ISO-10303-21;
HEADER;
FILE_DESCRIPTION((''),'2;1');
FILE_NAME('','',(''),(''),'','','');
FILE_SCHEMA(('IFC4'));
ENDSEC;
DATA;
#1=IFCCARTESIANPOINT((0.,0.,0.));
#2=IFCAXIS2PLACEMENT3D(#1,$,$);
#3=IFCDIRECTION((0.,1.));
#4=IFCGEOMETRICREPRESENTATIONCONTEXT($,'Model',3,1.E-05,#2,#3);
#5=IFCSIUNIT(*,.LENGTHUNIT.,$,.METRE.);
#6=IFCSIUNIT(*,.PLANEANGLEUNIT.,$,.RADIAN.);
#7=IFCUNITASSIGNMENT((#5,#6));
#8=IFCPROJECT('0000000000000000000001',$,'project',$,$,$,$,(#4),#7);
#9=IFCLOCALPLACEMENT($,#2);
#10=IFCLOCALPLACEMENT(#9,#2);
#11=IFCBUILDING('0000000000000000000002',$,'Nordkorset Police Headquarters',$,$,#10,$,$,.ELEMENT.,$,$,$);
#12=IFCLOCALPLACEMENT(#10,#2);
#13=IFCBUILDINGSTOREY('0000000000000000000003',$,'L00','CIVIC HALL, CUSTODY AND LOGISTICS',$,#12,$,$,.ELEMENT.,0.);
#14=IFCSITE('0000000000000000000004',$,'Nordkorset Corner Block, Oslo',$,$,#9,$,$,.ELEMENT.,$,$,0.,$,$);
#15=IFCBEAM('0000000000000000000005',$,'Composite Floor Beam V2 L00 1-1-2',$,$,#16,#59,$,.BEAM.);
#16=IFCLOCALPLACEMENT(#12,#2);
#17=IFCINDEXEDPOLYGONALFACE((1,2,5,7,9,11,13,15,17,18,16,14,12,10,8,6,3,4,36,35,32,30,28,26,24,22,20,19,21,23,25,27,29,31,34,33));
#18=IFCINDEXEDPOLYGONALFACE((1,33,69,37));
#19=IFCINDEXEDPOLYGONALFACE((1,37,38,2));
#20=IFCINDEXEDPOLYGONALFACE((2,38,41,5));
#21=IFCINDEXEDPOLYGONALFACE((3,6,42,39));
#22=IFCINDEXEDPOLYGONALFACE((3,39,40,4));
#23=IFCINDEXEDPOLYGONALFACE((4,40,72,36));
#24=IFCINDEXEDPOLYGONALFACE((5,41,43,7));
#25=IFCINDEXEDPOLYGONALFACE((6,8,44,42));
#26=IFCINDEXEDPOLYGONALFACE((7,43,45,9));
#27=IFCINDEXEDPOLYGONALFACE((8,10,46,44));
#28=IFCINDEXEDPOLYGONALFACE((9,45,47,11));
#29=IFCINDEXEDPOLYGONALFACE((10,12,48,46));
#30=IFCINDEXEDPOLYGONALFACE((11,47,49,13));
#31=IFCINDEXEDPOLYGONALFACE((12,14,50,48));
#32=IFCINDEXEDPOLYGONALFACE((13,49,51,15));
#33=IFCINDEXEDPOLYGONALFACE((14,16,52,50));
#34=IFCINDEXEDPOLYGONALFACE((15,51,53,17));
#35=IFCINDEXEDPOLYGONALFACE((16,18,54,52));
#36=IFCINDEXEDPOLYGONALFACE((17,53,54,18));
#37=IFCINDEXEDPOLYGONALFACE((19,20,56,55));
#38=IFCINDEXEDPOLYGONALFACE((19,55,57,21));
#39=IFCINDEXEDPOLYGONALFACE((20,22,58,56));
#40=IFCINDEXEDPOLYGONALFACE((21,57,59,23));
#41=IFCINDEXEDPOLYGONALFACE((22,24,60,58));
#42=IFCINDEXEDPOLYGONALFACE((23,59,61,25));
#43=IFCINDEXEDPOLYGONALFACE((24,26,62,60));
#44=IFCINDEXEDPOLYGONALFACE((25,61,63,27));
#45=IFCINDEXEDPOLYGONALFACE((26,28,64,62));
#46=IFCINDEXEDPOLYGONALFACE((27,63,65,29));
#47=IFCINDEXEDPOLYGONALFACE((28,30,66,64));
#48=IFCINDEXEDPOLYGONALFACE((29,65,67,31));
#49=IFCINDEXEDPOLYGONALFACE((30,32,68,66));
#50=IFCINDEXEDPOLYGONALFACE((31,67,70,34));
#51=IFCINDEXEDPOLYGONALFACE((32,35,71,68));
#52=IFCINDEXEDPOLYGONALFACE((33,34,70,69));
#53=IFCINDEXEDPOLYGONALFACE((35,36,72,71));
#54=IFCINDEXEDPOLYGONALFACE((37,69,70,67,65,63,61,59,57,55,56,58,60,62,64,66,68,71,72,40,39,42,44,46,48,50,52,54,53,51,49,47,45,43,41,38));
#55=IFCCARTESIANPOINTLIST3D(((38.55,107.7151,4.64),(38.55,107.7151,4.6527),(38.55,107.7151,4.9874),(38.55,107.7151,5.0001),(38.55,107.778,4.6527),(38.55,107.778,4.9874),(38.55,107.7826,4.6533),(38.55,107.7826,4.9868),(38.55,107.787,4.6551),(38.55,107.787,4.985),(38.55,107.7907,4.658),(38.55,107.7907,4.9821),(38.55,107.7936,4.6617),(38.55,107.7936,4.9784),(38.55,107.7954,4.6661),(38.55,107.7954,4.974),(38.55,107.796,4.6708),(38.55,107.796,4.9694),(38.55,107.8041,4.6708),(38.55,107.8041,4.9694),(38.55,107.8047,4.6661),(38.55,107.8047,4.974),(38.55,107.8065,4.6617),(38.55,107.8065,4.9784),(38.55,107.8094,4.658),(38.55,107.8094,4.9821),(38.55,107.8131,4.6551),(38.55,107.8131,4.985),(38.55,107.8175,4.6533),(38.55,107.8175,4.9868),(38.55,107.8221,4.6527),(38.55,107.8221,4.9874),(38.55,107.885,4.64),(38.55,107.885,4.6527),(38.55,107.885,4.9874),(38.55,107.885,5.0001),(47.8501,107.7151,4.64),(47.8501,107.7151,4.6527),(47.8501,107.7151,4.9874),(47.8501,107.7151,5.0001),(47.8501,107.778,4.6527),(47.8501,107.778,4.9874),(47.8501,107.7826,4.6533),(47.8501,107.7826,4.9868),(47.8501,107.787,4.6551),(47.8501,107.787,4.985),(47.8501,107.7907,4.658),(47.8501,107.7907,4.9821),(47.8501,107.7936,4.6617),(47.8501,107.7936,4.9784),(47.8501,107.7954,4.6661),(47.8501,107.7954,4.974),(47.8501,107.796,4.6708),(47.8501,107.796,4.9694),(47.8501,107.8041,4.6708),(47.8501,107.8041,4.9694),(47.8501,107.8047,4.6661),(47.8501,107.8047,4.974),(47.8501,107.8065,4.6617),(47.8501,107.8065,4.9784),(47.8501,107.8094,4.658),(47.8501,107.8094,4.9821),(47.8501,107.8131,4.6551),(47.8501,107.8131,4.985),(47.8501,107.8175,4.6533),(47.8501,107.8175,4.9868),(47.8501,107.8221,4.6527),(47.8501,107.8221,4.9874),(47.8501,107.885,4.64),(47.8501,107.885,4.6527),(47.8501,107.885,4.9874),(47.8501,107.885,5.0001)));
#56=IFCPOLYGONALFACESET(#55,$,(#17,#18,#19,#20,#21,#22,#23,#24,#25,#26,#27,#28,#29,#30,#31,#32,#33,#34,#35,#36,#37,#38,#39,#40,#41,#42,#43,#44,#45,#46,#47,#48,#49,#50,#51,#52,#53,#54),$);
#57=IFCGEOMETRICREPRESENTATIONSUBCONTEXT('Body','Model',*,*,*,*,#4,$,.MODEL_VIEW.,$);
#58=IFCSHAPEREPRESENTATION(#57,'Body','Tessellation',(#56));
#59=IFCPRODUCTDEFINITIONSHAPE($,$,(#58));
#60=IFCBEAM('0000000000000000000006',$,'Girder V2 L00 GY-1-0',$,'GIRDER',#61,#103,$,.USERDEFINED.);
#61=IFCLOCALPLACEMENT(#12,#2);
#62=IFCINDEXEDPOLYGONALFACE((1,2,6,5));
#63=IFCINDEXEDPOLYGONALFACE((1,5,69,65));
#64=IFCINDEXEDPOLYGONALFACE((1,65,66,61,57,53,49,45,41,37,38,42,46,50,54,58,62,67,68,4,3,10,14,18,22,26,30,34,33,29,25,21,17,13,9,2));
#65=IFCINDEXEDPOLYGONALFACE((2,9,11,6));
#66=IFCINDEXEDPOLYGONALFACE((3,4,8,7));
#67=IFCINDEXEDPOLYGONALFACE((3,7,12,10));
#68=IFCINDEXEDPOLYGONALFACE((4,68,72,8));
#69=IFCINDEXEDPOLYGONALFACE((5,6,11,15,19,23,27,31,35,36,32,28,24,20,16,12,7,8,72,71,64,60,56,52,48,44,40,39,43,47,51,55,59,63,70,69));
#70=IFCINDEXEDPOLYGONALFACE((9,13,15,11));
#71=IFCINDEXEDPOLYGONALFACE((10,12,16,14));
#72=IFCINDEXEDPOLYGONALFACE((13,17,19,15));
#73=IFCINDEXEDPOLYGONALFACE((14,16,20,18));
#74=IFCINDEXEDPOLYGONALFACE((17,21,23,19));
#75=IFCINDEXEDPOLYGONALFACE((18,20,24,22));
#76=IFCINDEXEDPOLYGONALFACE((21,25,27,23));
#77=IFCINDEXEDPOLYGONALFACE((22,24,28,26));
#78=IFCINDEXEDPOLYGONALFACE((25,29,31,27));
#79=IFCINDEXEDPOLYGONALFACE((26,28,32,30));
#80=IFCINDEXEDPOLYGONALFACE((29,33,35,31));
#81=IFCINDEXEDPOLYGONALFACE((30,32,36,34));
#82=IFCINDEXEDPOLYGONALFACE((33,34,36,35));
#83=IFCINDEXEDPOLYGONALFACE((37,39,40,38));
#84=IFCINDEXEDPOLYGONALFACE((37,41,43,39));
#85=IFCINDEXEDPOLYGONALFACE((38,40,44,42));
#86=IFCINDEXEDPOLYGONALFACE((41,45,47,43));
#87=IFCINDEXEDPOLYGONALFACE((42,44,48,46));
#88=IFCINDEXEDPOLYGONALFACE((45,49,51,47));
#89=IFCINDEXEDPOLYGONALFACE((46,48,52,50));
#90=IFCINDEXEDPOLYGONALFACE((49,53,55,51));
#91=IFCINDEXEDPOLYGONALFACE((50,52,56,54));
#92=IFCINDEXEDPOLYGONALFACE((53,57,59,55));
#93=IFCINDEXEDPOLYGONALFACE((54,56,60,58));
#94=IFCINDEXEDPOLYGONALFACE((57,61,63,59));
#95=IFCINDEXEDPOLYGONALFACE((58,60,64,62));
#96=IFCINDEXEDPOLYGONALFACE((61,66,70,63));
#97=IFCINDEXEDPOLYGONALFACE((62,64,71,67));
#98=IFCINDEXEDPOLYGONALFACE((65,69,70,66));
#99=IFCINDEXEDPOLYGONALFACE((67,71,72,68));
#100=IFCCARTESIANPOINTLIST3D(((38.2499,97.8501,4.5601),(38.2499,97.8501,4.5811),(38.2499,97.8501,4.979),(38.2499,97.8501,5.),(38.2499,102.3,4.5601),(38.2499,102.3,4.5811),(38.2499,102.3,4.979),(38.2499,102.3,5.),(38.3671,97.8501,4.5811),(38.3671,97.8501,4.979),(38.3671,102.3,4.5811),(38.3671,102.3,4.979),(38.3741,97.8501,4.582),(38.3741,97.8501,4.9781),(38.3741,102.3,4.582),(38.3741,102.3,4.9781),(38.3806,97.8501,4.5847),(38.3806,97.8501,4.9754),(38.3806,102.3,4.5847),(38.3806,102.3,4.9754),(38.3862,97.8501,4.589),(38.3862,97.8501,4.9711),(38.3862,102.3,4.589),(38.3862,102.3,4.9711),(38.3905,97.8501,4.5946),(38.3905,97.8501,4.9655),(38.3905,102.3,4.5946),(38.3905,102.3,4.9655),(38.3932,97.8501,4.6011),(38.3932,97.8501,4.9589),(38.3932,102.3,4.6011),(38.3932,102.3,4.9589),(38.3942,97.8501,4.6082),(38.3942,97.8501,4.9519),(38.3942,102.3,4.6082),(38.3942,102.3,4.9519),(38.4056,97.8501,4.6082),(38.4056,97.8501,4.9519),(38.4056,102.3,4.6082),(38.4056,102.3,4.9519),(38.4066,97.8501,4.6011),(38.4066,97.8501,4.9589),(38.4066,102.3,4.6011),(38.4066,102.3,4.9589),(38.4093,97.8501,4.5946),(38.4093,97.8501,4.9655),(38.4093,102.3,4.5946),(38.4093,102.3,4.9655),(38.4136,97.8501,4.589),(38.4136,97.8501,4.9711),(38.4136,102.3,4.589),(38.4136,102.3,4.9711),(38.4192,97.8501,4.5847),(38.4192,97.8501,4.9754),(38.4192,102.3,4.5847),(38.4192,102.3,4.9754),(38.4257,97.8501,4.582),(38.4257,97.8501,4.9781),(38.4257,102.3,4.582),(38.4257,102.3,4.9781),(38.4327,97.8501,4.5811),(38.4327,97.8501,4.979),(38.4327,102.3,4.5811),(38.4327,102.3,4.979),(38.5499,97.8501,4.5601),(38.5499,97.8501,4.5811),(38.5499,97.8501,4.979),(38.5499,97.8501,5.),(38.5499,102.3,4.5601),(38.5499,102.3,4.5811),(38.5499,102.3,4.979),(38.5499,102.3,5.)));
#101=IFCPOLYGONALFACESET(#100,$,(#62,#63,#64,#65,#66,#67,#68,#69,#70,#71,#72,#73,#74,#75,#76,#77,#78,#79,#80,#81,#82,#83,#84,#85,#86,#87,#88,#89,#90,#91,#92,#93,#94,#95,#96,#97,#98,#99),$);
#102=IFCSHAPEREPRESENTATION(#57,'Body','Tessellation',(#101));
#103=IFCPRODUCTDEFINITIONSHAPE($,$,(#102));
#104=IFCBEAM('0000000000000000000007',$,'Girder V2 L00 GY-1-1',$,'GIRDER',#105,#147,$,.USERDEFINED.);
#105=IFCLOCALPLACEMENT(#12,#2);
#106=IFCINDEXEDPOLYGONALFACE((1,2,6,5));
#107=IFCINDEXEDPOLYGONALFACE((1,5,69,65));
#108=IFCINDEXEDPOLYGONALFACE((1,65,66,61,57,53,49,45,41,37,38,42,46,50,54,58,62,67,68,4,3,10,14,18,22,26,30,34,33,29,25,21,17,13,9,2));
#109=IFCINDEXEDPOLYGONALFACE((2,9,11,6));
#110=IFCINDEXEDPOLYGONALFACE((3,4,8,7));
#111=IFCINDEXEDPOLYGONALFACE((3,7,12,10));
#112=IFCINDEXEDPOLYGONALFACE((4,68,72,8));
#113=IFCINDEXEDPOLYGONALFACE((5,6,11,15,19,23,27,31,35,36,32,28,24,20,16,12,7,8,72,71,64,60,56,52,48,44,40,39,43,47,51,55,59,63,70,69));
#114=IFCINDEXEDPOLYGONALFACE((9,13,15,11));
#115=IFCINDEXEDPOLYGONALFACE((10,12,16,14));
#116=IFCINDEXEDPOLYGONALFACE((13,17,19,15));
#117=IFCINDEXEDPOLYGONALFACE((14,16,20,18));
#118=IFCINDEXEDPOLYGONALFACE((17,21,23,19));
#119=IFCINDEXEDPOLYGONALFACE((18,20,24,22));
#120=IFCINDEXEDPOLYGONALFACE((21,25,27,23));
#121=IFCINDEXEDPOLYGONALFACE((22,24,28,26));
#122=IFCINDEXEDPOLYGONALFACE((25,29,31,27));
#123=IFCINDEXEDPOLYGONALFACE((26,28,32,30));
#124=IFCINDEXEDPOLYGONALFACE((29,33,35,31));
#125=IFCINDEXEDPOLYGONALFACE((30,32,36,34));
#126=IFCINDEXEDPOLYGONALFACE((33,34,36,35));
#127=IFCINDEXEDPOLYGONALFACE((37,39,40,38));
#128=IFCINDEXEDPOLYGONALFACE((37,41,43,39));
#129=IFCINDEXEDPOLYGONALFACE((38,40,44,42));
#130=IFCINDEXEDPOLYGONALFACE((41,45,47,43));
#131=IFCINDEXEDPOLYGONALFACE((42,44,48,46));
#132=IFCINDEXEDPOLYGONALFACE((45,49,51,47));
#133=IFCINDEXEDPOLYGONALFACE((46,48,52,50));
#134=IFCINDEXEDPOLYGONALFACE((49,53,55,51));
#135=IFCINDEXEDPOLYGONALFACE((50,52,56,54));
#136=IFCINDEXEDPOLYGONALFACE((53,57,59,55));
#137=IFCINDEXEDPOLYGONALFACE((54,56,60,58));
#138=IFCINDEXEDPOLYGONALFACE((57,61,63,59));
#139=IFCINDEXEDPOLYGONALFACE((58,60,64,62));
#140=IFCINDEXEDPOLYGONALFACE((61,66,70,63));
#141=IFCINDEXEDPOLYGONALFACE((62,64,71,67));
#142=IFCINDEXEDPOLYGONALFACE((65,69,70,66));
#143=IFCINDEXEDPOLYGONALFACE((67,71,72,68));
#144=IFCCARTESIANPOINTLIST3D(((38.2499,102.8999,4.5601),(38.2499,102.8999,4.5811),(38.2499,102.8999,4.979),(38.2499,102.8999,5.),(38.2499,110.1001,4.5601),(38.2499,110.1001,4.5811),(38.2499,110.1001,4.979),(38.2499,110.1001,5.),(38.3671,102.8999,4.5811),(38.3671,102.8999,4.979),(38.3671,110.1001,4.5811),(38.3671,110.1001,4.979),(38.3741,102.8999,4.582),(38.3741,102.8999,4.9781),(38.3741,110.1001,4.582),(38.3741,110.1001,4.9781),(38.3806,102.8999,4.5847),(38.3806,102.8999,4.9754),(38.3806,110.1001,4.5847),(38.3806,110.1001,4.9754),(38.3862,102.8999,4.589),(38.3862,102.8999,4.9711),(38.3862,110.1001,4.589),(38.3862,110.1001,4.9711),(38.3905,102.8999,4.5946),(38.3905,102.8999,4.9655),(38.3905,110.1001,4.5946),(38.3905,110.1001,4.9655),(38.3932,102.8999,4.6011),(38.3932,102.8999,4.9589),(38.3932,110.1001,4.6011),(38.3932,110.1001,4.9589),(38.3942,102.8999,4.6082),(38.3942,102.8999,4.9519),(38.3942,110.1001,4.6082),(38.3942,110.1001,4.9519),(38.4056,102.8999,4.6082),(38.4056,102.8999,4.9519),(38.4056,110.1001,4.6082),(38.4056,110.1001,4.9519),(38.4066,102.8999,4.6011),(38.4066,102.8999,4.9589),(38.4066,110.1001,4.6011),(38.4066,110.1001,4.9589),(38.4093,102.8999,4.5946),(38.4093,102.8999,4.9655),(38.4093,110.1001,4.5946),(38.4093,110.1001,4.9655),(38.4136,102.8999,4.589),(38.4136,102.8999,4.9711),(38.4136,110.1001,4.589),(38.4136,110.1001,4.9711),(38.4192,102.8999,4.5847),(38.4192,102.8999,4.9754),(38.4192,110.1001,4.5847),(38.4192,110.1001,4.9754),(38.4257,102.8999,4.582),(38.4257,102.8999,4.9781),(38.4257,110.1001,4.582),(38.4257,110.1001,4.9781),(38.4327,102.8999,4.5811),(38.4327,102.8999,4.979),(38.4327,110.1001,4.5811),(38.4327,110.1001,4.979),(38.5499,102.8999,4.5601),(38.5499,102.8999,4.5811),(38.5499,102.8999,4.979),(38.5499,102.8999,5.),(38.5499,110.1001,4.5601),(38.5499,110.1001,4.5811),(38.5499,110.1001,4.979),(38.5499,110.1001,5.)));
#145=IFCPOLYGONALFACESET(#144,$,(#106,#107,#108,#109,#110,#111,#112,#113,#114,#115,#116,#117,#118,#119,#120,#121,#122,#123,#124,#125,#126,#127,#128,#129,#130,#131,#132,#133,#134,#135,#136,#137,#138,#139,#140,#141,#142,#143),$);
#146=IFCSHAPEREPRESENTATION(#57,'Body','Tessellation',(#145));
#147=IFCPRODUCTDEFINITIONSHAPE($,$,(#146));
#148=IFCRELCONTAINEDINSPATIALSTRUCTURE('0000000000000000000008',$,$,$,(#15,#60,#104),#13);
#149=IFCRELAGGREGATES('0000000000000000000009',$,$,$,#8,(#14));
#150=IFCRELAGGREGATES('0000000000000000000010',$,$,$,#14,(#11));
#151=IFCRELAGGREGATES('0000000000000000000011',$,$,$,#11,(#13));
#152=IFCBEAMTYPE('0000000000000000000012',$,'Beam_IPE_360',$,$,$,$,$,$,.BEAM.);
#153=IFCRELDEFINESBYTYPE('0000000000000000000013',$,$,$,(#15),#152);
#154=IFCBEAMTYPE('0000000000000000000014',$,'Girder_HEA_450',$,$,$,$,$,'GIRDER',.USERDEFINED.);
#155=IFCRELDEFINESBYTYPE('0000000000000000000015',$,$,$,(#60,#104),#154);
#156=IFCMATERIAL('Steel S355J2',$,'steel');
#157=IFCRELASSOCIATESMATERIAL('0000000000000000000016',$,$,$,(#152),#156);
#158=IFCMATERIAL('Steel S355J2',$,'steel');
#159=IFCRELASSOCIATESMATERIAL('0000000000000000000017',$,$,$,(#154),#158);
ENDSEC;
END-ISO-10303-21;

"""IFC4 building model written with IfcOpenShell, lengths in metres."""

from ifc_helpers import new_model, si_unit, direction, frame, origin, origin_2d, place, context, subcontext, project, spatial, i_section, extrude, material, material_profile, profile_set, type_object, element, save


model = new_model("IFC4")

# Units and contexts
model_context = context("Model", 3, precision=1e-05, world=origin(), true_north=direction((0.0, 1.0)))
body_context = subcontext(model_context, "Body", "Model", "MODEL_VIEW")
ifc_project = project(units=[si_unit("LENGTHUNIT", "METRE"), si_unit("PLANEANGLEUNIT", "RADIAN")], contexts=[model_context])

# Site, building, storey
site_placement = place(None, origin())
site = spatial("IfcSite", under=ifc_project, at=site_placement, Name="Nordkorset Corner Block, Oslo", CompositionType="ELEMENT", RefElevation=0.0)
building_placement = place(site_placement, origin())
building = spatial("IfcBuilding", under=site, at=building_placement, Name="Nordkorset Police Headquarters", CompositionType="ELEMENT")
storey_placement = place(building_placement, origin())
storey = spatial("IfcBuildingStorey", under=building, at=storey_placement, Name="L00", Description="CIVIC HALL, CUSTODY AND LOGISTICS", CompositionType="ELEMENT", Elevation=0.0)

# Beams
ifc_material_1 = material(Name="Steel S355J2", Category="steel")
ifc_material_profile_1 = material_profile(ifc_material_1, i_section(OverallWidth=0.1699, OverallDepth=0.3601, WebThickness=0.0081, FlangeThickness=0.0127, FilletRadius=0.0181, at=origin_2d()), Name="IPE 360")
ifc_profile_set_1 = profile_set([ifc_material_profile_1], Name="Steel S355J2")
beam_type_1 = type_object("IfcBeamType", Name="Beam_IPE_360", PredefinedType="BEAM", material=ifc_profile_set_1)
for number, where, z_axis, x_axis, name in (
    (1, (38.55, 107.8, 4.8201), (1.0, 0.0, 0.0), (0.0, 1.0, 0.0), "Composite Floor Beam V2 L00 1-1-2"),
):
    element("IfcBeam", number, at=place(storey_placement, frame(where, z_axis=z_axis, x_axis=x_axis)), inside=storey, type_object=beam_type_1, Name=name, PredefinedType="BEAM", context=body_context, shape_type="SweptSolid", body=[
        extrude(i_section(OverallWidth=0.1699, OverallDepth=0.3601, WebThickness=0.0081, FlangeThickness=0.0127, FilletRadius=0.0181, at=origin_2d()), origin(), (0.0, 0.0, 1.0), 9.3),
    ])
ifc_material_2 = material(Name="Steel S355J2", Category="steel")
ifc_material_profile_2 = material_profile(ifc_material_2, i_section(OverallWidth=0.3, OverallDepth=0.4399, WebThickness=0.0115, FlangeThickness=0.021, FilletRadius=0.0271, at=origin_2d()), Name="HEA 450")
ifc_profile_set_2 = profile_set([ifc_material_profile_2], Name="Steel S355J2")
beam_type_2 = type_object("IfcBeamType", Name="Girder_HEA_450", ElementType="GIRDER", PredefinedType="USERDEFINED", material=ifc_profile_set_2)
beam_1_placement = place(storey_placement, frame((38.3999, 97.8501, 4.78), z_axis=(0.0, 1.0, 0.0), x_axis=(-1.0, 0.0, 0.0)))
element("IfcBeam", 2, at=beam_1_placement, inside=storey, type_object=beam_type_2, Name="Girder V2 L00 GY-1-0", ObjectType="GIRDER", PredefinedType="USERDEFINED", context=body_context, shape_type="SweptSolid", body=[
    extrude(i_section(OverallWidth=0.3, OverallDepth=0.4399, WebThickness=0.0115, FlangeThickness=0.021, FilletRadius=0.0271, at=origin_2d()), origin(), (0.0, 0.0, 1.0), 4.45),
])
beam_2_placement = place(storey_placement, frame((38.3999, 102.8999, 4.78), z_axis=(0.0, 1.0, 0.0), x_axis=(-1.0, 0.0, 0.0)))
element("IfcBeam", 3, at=beam_2_placement, inside=storey, type_object=beam_type_2, Name="Girder V2 L00 GY-1-1", ObjectType="GIRDER", PredefinedType="USERDEFINED", context=body_context, shape_type="SweptSolid", body=[
    extrude(i_section(OverallWidth=0.3, OverallDepth=0.4399, WebThickness=0.0115, FlangeThickness=0.021, FilletRadius=0.0271, at=origin_2d()), origin(), (0.0, 0.0, 1.0), 7.2002),
])

save(model, "model.ifc")
